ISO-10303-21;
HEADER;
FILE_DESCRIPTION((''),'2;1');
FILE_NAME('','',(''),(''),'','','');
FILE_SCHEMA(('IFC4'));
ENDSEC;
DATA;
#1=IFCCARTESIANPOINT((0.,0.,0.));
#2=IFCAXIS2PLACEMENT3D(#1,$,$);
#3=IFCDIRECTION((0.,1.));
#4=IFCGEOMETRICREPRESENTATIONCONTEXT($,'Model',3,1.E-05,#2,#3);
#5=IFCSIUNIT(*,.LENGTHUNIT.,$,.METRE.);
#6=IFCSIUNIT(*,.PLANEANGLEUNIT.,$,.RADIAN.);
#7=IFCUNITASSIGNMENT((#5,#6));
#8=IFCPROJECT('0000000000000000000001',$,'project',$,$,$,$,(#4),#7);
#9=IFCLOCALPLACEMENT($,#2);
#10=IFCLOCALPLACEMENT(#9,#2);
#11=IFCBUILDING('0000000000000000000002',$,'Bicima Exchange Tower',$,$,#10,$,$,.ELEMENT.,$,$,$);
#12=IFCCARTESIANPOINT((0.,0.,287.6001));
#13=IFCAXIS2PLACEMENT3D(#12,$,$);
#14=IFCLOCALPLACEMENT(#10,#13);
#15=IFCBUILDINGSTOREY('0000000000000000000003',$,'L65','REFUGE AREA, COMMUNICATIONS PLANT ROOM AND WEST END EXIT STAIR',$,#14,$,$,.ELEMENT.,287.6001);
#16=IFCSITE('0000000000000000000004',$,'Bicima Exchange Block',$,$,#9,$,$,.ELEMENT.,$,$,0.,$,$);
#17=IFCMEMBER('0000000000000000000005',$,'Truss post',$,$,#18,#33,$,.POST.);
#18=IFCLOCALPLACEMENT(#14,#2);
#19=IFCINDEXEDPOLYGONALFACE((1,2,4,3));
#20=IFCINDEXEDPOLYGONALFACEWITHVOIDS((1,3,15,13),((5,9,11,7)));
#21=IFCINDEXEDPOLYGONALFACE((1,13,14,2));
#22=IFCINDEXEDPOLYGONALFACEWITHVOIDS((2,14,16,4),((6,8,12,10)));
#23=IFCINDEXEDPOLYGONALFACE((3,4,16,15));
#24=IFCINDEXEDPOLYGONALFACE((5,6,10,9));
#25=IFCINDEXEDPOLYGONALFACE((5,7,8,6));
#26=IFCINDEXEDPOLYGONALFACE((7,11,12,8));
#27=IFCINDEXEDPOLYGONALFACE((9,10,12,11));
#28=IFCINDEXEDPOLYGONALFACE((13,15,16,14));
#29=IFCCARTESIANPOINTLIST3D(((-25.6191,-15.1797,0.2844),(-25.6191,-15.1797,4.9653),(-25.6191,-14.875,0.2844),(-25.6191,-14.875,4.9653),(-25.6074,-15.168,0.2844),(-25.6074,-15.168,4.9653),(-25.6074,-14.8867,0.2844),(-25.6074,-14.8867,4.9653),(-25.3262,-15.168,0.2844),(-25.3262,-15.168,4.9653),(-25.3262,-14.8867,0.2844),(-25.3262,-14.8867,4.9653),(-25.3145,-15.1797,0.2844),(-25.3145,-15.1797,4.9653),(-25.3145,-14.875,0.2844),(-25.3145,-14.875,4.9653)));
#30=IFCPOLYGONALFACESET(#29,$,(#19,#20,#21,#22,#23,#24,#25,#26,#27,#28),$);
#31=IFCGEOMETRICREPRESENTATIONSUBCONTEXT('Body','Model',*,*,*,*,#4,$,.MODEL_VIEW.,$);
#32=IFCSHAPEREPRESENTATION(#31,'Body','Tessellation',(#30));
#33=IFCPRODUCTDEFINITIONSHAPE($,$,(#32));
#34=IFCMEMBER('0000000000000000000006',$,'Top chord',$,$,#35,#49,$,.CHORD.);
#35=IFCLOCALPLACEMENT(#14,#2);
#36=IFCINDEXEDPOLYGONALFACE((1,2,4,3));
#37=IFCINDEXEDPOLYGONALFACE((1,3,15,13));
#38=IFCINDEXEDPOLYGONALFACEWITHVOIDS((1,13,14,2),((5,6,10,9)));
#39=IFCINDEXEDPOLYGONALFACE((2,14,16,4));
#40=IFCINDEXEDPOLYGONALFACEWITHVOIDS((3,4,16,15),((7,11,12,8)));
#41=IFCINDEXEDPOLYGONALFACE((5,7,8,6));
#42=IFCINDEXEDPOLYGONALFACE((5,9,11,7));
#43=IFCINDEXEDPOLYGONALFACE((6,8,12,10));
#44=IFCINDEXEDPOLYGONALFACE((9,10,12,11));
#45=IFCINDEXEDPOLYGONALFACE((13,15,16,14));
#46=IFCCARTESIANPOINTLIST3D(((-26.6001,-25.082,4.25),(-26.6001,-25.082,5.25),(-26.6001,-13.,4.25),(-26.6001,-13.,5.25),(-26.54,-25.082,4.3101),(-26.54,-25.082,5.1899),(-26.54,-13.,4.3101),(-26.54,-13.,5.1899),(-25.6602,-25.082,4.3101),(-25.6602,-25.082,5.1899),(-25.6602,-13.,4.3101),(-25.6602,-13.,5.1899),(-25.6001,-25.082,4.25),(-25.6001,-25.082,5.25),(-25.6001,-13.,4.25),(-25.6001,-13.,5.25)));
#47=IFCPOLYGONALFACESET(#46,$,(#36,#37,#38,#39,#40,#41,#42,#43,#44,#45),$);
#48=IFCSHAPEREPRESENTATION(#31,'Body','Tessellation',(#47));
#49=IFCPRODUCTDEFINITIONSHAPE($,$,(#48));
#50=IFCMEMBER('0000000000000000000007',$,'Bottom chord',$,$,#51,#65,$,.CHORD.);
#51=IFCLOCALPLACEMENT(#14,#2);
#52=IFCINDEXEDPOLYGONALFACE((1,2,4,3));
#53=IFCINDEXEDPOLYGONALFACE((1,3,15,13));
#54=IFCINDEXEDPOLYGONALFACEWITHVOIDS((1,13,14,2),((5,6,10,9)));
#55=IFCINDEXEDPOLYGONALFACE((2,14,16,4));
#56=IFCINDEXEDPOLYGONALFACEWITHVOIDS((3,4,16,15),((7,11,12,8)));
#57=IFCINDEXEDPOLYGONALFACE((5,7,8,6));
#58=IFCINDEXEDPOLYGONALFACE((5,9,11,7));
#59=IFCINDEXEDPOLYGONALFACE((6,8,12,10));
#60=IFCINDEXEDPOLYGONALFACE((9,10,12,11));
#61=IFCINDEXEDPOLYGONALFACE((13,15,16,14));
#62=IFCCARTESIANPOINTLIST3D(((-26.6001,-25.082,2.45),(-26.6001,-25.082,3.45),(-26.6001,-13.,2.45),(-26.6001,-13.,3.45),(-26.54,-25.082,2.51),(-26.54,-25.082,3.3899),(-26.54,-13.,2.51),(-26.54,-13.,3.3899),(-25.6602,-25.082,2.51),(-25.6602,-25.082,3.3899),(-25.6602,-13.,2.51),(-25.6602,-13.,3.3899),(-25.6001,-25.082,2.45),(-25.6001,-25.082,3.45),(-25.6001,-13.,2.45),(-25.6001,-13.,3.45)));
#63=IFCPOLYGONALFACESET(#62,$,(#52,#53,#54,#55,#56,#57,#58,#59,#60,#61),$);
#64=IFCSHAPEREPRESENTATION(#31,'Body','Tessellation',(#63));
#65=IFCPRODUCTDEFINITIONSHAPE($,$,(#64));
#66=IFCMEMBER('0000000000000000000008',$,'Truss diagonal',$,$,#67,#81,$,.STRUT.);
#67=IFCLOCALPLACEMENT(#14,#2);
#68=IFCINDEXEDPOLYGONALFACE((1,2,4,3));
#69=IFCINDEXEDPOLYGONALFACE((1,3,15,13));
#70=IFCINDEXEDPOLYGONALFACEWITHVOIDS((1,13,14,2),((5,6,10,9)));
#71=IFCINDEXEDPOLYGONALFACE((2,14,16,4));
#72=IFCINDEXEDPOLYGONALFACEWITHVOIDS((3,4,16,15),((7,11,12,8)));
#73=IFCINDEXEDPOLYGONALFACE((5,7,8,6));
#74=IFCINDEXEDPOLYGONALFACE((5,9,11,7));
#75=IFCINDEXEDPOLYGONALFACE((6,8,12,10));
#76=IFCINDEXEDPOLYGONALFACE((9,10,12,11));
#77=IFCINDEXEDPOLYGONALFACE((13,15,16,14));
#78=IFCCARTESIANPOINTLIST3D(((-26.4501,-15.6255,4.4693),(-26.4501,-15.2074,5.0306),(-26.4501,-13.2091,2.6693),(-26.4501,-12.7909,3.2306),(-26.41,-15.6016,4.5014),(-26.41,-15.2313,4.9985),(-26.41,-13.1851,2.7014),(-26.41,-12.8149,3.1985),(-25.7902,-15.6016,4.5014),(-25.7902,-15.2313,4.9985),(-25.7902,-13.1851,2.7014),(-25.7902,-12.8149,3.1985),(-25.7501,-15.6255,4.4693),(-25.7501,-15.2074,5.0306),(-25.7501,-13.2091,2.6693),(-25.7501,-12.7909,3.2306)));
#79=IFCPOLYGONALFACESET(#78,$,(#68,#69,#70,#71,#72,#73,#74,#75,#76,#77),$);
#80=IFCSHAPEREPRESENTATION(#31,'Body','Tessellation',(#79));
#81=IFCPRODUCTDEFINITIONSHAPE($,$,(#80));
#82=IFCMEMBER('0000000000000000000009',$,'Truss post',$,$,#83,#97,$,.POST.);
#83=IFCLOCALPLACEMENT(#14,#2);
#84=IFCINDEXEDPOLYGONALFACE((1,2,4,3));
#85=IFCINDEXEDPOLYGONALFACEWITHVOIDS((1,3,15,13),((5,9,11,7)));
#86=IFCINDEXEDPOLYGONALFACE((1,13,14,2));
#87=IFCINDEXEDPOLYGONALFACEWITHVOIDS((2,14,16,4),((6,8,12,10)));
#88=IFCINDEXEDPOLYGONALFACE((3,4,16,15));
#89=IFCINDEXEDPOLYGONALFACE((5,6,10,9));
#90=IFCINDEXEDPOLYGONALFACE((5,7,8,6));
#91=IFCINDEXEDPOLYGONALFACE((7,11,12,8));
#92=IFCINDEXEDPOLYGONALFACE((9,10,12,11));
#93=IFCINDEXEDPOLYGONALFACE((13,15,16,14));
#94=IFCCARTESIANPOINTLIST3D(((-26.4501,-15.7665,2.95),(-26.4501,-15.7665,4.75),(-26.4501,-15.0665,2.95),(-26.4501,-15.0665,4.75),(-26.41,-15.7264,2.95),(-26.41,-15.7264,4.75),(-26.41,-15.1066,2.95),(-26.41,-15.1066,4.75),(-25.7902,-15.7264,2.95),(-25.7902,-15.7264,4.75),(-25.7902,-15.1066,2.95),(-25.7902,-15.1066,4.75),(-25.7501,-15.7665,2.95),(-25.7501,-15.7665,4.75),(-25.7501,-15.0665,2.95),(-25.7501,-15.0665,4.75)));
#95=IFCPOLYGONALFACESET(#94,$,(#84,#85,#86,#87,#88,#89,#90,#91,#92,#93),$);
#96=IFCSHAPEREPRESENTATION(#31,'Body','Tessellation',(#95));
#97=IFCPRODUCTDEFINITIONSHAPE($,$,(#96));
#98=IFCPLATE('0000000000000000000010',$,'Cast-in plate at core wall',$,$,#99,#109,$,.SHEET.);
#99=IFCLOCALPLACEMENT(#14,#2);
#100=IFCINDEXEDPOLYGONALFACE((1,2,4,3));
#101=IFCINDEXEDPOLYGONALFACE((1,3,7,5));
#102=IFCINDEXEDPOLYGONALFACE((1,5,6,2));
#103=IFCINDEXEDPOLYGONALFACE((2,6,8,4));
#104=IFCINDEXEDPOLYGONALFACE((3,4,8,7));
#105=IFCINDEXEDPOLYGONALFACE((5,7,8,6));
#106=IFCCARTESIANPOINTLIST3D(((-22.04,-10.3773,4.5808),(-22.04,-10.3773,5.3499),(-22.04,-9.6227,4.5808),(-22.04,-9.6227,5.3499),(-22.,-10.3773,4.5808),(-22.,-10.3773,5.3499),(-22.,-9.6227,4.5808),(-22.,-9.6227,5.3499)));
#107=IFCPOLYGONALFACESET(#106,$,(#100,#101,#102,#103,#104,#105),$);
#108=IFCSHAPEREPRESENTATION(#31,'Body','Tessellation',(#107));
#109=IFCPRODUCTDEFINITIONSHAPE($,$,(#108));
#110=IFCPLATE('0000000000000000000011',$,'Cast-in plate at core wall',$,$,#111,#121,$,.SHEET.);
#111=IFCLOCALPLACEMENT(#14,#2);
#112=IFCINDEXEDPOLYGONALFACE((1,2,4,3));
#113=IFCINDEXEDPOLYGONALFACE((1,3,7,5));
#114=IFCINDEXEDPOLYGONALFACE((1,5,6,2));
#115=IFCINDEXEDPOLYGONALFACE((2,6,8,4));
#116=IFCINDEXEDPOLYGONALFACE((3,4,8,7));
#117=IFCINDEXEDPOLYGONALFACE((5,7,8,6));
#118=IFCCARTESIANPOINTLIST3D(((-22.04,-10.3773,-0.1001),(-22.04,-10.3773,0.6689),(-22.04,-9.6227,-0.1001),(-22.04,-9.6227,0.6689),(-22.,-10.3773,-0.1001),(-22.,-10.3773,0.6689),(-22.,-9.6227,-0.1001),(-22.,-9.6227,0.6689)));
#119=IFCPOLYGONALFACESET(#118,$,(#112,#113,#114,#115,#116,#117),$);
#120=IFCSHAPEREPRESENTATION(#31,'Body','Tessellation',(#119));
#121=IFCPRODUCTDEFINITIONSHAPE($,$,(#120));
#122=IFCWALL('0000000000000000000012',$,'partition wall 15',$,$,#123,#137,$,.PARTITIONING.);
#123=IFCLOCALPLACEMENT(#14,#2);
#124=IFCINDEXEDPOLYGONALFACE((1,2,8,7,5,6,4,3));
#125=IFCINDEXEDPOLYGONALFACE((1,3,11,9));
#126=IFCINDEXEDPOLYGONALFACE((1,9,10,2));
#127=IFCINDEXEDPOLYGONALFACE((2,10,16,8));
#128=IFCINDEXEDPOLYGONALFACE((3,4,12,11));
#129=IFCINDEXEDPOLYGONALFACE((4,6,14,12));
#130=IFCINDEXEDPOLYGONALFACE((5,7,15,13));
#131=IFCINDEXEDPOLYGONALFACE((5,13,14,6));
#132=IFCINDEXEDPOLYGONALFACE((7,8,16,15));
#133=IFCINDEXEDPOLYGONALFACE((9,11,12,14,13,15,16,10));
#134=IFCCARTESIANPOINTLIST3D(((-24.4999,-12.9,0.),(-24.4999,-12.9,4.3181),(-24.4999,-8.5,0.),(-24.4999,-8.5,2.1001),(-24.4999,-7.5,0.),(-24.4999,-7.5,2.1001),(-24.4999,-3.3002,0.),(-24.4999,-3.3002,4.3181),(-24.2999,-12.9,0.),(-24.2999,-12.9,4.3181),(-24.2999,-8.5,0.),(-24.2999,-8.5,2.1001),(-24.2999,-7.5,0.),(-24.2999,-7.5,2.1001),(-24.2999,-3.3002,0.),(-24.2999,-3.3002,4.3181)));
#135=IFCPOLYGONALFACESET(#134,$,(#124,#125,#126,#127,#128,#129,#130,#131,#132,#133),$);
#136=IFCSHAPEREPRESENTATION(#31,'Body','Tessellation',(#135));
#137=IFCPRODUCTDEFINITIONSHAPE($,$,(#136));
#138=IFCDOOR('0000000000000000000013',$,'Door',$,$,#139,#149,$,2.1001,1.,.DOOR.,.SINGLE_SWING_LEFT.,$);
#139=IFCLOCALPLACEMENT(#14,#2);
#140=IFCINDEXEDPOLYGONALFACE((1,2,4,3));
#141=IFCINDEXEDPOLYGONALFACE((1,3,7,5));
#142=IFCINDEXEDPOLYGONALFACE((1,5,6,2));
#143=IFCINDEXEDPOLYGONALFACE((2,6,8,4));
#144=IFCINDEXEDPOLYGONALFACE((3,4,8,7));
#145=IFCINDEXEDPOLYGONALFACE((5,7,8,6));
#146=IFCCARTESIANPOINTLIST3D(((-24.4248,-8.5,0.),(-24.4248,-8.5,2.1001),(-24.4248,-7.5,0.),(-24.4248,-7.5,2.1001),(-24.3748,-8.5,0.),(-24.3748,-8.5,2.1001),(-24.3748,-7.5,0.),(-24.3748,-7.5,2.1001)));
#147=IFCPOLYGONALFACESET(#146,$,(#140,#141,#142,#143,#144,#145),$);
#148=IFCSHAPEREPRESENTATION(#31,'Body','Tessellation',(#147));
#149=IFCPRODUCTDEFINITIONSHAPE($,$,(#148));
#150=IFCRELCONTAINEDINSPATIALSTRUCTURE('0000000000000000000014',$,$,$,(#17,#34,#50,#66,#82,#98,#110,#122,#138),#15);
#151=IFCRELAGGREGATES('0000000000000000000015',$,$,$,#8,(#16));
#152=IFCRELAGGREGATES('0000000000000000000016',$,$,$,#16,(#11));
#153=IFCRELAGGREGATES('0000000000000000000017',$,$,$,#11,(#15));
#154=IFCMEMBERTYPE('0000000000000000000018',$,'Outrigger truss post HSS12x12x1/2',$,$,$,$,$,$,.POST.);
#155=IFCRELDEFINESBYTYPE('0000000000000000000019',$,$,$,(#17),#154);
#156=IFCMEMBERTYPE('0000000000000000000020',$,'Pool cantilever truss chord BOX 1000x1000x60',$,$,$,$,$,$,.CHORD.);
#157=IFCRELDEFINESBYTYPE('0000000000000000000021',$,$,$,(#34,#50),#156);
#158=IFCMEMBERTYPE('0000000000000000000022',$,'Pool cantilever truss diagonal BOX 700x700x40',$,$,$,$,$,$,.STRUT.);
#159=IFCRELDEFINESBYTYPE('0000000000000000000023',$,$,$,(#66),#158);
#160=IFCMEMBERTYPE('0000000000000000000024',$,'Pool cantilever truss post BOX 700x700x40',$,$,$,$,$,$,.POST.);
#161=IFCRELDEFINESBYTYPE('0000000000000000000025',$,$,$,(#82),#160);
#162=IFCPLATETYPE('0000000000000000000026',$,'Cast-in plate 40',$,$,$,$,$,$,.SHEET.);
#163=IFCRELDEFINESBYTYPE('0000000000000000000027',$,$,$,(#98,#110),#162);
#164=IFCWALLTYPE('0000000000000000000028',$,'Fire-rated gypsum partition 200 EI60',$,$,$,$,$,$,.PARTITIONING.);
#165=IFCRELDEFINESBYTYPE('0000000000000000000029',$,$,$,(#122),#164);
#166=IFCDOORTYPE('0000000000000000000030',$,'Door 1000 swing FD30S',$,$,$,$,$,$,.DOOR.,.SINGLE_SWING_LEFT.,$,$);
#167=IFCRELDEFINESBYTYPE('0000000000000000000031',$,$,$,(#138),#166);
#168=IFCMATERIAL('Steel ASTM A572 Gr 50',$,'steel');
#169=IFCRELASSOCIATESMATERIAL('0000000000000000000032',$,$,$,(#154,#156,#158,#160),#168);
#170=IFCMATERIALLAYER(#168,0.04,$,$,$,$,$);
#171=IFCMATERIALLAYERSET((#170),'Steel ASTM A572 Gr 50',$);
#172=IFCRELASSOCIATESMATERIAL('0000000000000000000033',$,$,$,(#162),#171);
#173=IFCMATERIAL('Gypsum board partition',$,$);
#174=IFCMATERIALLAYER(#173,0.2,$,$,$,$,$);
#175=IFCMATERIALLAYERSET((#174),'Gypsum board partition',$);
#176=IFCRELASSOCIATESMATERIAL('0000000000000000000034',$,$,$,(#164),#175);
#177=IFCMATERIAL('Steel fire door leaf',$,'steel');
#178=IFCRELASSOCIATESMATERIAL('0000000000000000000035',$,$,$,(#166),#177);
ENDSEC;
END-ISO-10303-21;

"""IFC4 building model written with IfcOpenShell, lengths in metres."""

from ifc_helpers import new_model, si_unit, direction, frame, frame_2d, origin, origin_2d, place, context, subcontext, project, spatial, rectangle, hollow_rectangle, extrude, material, layer, layer_set, material_profile, profile_set, type_object, element, fill, save


model = new_model("IFC4")

# Units and contexts
model_context = context("Model", 3, precision=1e-05, world=origin(), true_north=direction((0.0, 1.0)))
body_context = subcontext(model_context, "Body", "Model", "MODEL_VIEW")
ifc_project = project(units=[si_unit("LENGTHUNIT", "METRE"), si_unit("PLANEANGLEUNIT", "RADIAN")], contexts=[model_context])

# Site, building, storey
site_placement = place(None, origin())
site = spatial("IfcSite", under=ifc_project, at=site_placement, Name="Bicima Exchange Block", CompositionType="ELEMENT", RefElevation=0.0)
building_placement = place(site_placement, origin())
building = spatial("IfcBuilding", under=site, at=building_placement, Name="Bicima Exchange Tower", CompositionType="ELEMENT")
storey_placement = place(building_placement, frame((0.0, 0.0, 287.6001)))
storey = spatial("IfcBuildingStorey", under=building, at=storey_placement, Name="L65", Description="REFUGE AREA, COMMUNICATIONS PLANT ROOM AND WEST END EXIT STAIR", CompositionType="ELEMENT", Elevation=287.6001)

# Members
ifc_material_1 = material(Name="Steel ASTM A572 Gr 50", Category="steel")
ifc_material_profile_1 = material_profile(ifc_material_1, hollow_rectangle(XDim=0.3047, YDim=0.3047, WallThickness=0.0117, at=origin_2d()))
ifc_profile_set_1 = profile_set([ifc_material_profile_1], Name="Steel ASTM A572 Gr 50")
member_type_1 = type_object("IfcMemberType", Name="Outrigger truss post HSS12x12x1/2", PredefinedType="POST", material=ifc_profile_set_1)
for number, where, z_axis, x_axis, name in (
    (1, (-25.4668, -15.0273, 0.2844), (0.0, 0.0, 1.0), (1.0, 0.0, 0.0), "Truss post"),
):
    element("IfcMember", number, at=place(storey_placement, frame(where, z_axis=z_axis, x_axis=x_axis)), inside=storey, type_object=member_type_1, Name=name, PredefinedType="POST", context=body_context, shape_type="SweptSolid", body=[
        extrude(hollow_rectangle(XDim=0.3047, YDim=0.3047, WallThickness=0.0117, at=origin_2d()), origin(), (0.0, 0.0, 1.0), 4.6809),
    ])
ifc_material_profile_2 = material_profile(ifc_material_1, hollow_rectangle(XDim=1.0, YDim=1.0, WallThickness=0.0601, at=origin_2d()))
ifc_profile_set_2 = profile_set([ifc_material_profile_2], Name="Steel ASTM A572 Gr 50")
member_type_2 = type_object("IfcMemberType", Name="Pool cantilever truss chord BOX 1000x1000x60", PredefinedType="CHORD", material=ifc_profile_set_2)
for number, where, z_axis, x_axis, name in (
    (2, (-26.1001, -13.0, 4.75), (0.0, -1.0, 0.0), (1.0, 0.0, 0.0), "Top chord"),
    (3, (-26.1001, -13.0, 2.95), (0.0, -1.0, 0.0), (1.0, 0.0, 0.0), "Bottom chord"),
):
    element("IfcMember", number, at=place(storey_placement, frame(where, z_axis=z_axis, x_axis=x_axis)), inside=storey, type_object=member_type_2, Name=name, PredefinedType="CHORD", context=body_context, shape_type="SweptSolid", body=[
        extrude(hollow_rectangle(XDim=1.0, YDim=1.0, WallThickness=0.0601, at=origin_2d()), origin(), (0.0, 0.0, 1.0), 12.082),
    ])
ifc_material_profile_3 = material_profile(ifc_material_1, hollow_rectangle(XDim=0.7, YDim=0.7, WallThickness=0.04, at=origin_2d()))
ifc_profile_set_3 = profile_set([ifc_material_profile_3], Name="Steel ASTM A572 Gr 50")
member_type_3 = type_object("IfcMemberType", Name="Pool cantilever truss diagonal BOX 700x700x40", PredefinedType="STRUT", material=ifc_profile_set_3)
member_1_placement = place(storey_placement, frame((-26.1001, -13.0, 2.95), z_axis=(0.0, -0.80196, 0.597378), x_axis=(1.0, 0.0, 0.0)))
element("IfcMember", 4, at=member_1_placement, inside=storey, type_object=member_type_3, Name="Truss diagonal", PredefinedType="STRUT", context=body_context, shape_type="SweptSolid", body=[
    extrude(hollow_rectangle(XDim=0.7, YDim=0.7, WallThickness=0.04, at=origin_2d()), origin(), (0.0, 0.0, 1.0), 3.0132),
])
member_type_4 = type_object("IfcMemberType", Name="Pool cantilever truss post BOX 700x700x40", PredefinedType="POST", material=ifc_profile_set_3)
member_2_placement = place(storey_placement, frame((-26.1001, -15.4165, 2.95), z_axis=(0.0, 0.0, 1.0), x_axis=(1.0, 0.0, 0.0)))
element("IfcMember", 5, at=member_2_placement, inside=storey, type_object=member_type_4, Name="Truss post", PredefinedType="POST", context=body_context, shape_type="SweptSolid", body=[
    extrude(hollow_rectangle(XDim=0.7, YDim=0.7, WallThickness=0.04, at=origin_2d()), origin(), (0.0, 0.0, 1.0), 1.8),
])

# Plates
ifc_layer_1 = layer(ifc_material_1, 0.04)
ifc_layer_set_1 = layer_set([ifc_layer_1], Name="Steel ASTM A572 Gr 50")
plate_type = type_object("IfcPlateType", Name="Cast-in plate 40", PredefinedType="SHEET", material=ifc_layer_set_1)
for number, where, z_axis, x_axis, name in (
    (6, (-22.02, -10.0, 4.5808), (0.0, 0.0, 1.0), (1.0, 0.0, 0.0), "Cast-in plate at core wall"),
    (7, (-22.02, -10.0, -0.1001), (0.0, 0.0, 1.0), (1.0, 0.0, 0.0), "Cast-in plate at core wall"),
):
    element("IfcPlate", number, at=place(storey_placement, frame(where, z_axis=z_axis, x_axis=x_axis)), inside=storey, type_object=plate_type, Name=name, PredefinedType="SHEET", context=body_context, shape_type="SweptSolid", body=[
        extrude(rectangle(XDim=0.04, YDim=0.7546, at=origin_2d()), origin(), (0.0, 0.0, 1.0), 0.769),
    ])

# Wall, opening, door
ifc_material_2 = material(Name="Gypsum board partition")
ifc_layer_2 = layer(ifc_material_2, 0.2)
ifc_layer_set_2 = layer_set([ifc_layer_2], Name="Gypsum board partition")
wall_type_1 = type_object("IfcWallType", Name="Fire-rated gypsum partition 200 EI60", PredefinedType="PARTITIONING", material=ifc_layer_set_2)
wall_1_placement = place(storey_placement, frame((-24.3999, -12.8999, 0.0), z_axis=(0.0, 0.0, 1.0), x_axis=(0.0, 1.0, 0.0)))
wall_1 = element("IfcWall", 8, at=wall_1_placement, inside=storey, type_object=wall_type_1, Name="partition wall 15", PredefinedType="PARTITIONING", context=body_context, shape_type="SweptSolid", body=[
    extrude(rectangle(XDim=9.5999, YDim=0.2, at=frame_2d((4.7998, 0.0))), origin(), (0.0, 0.0, 1.0), 4.3181),
])
opening_1_placement = place(wall_1_placement, frame((4.3999, 0.0, 0.0)))
opening_1 = element("IfcOpeningElement", 9, at=opening_1_placement, cuts=wall_1, PredefinedType="OPENING", context=body_context, shape_type="SweptSolid", body=[
    extrude(rectangle(XDim=1.0, YDim=2.1001, at=frame_2d((0.5, 1.05))), frame((0.0, 0.1118, 0.0), z_axis=(0.0, -1.0, 0.0), x_axis=(1.0, 0.0, 0.0)), (0.0, 0.0, 1.0), 0.2239),
])
ifc_material_3 = material(Name="Steel fire door leaf", Category="steel")
door_type_1 = type_object("IfcDoorType", Name="Door 1000 swing FD30S", OperationType="SINGLE_SWING_LEFT", PredefinedType="DOOR", material=ifc_material_3)
door_1_placement = place(opening_1_placement, origin())
door_1 = element("IfcDoor", 10, at=door_1_placement, inside=storey, type_object=door_type_1, Name="Door", OperationType="SINGLE_SWING_LEFT", OverallHeight=2.1001, OverallWidth=1.0, PredefinedType="DOOR", context=body_context, shape_type="SweptSolid", body=[
    extrude(rectangle(XDim=1.0, YDim=2.1001, at=frame_2d((0.5, 1.05))), frame((0.0, 0.0249, 0.0), z_axis=(0.0, -1.0, 0.0), x_axis=(1.0, 0.0, 0.0)), (0.0, 0.0, 1.0), 0.05),
])
fill(opening_1, door_1)

save(model, "model.ifc")
